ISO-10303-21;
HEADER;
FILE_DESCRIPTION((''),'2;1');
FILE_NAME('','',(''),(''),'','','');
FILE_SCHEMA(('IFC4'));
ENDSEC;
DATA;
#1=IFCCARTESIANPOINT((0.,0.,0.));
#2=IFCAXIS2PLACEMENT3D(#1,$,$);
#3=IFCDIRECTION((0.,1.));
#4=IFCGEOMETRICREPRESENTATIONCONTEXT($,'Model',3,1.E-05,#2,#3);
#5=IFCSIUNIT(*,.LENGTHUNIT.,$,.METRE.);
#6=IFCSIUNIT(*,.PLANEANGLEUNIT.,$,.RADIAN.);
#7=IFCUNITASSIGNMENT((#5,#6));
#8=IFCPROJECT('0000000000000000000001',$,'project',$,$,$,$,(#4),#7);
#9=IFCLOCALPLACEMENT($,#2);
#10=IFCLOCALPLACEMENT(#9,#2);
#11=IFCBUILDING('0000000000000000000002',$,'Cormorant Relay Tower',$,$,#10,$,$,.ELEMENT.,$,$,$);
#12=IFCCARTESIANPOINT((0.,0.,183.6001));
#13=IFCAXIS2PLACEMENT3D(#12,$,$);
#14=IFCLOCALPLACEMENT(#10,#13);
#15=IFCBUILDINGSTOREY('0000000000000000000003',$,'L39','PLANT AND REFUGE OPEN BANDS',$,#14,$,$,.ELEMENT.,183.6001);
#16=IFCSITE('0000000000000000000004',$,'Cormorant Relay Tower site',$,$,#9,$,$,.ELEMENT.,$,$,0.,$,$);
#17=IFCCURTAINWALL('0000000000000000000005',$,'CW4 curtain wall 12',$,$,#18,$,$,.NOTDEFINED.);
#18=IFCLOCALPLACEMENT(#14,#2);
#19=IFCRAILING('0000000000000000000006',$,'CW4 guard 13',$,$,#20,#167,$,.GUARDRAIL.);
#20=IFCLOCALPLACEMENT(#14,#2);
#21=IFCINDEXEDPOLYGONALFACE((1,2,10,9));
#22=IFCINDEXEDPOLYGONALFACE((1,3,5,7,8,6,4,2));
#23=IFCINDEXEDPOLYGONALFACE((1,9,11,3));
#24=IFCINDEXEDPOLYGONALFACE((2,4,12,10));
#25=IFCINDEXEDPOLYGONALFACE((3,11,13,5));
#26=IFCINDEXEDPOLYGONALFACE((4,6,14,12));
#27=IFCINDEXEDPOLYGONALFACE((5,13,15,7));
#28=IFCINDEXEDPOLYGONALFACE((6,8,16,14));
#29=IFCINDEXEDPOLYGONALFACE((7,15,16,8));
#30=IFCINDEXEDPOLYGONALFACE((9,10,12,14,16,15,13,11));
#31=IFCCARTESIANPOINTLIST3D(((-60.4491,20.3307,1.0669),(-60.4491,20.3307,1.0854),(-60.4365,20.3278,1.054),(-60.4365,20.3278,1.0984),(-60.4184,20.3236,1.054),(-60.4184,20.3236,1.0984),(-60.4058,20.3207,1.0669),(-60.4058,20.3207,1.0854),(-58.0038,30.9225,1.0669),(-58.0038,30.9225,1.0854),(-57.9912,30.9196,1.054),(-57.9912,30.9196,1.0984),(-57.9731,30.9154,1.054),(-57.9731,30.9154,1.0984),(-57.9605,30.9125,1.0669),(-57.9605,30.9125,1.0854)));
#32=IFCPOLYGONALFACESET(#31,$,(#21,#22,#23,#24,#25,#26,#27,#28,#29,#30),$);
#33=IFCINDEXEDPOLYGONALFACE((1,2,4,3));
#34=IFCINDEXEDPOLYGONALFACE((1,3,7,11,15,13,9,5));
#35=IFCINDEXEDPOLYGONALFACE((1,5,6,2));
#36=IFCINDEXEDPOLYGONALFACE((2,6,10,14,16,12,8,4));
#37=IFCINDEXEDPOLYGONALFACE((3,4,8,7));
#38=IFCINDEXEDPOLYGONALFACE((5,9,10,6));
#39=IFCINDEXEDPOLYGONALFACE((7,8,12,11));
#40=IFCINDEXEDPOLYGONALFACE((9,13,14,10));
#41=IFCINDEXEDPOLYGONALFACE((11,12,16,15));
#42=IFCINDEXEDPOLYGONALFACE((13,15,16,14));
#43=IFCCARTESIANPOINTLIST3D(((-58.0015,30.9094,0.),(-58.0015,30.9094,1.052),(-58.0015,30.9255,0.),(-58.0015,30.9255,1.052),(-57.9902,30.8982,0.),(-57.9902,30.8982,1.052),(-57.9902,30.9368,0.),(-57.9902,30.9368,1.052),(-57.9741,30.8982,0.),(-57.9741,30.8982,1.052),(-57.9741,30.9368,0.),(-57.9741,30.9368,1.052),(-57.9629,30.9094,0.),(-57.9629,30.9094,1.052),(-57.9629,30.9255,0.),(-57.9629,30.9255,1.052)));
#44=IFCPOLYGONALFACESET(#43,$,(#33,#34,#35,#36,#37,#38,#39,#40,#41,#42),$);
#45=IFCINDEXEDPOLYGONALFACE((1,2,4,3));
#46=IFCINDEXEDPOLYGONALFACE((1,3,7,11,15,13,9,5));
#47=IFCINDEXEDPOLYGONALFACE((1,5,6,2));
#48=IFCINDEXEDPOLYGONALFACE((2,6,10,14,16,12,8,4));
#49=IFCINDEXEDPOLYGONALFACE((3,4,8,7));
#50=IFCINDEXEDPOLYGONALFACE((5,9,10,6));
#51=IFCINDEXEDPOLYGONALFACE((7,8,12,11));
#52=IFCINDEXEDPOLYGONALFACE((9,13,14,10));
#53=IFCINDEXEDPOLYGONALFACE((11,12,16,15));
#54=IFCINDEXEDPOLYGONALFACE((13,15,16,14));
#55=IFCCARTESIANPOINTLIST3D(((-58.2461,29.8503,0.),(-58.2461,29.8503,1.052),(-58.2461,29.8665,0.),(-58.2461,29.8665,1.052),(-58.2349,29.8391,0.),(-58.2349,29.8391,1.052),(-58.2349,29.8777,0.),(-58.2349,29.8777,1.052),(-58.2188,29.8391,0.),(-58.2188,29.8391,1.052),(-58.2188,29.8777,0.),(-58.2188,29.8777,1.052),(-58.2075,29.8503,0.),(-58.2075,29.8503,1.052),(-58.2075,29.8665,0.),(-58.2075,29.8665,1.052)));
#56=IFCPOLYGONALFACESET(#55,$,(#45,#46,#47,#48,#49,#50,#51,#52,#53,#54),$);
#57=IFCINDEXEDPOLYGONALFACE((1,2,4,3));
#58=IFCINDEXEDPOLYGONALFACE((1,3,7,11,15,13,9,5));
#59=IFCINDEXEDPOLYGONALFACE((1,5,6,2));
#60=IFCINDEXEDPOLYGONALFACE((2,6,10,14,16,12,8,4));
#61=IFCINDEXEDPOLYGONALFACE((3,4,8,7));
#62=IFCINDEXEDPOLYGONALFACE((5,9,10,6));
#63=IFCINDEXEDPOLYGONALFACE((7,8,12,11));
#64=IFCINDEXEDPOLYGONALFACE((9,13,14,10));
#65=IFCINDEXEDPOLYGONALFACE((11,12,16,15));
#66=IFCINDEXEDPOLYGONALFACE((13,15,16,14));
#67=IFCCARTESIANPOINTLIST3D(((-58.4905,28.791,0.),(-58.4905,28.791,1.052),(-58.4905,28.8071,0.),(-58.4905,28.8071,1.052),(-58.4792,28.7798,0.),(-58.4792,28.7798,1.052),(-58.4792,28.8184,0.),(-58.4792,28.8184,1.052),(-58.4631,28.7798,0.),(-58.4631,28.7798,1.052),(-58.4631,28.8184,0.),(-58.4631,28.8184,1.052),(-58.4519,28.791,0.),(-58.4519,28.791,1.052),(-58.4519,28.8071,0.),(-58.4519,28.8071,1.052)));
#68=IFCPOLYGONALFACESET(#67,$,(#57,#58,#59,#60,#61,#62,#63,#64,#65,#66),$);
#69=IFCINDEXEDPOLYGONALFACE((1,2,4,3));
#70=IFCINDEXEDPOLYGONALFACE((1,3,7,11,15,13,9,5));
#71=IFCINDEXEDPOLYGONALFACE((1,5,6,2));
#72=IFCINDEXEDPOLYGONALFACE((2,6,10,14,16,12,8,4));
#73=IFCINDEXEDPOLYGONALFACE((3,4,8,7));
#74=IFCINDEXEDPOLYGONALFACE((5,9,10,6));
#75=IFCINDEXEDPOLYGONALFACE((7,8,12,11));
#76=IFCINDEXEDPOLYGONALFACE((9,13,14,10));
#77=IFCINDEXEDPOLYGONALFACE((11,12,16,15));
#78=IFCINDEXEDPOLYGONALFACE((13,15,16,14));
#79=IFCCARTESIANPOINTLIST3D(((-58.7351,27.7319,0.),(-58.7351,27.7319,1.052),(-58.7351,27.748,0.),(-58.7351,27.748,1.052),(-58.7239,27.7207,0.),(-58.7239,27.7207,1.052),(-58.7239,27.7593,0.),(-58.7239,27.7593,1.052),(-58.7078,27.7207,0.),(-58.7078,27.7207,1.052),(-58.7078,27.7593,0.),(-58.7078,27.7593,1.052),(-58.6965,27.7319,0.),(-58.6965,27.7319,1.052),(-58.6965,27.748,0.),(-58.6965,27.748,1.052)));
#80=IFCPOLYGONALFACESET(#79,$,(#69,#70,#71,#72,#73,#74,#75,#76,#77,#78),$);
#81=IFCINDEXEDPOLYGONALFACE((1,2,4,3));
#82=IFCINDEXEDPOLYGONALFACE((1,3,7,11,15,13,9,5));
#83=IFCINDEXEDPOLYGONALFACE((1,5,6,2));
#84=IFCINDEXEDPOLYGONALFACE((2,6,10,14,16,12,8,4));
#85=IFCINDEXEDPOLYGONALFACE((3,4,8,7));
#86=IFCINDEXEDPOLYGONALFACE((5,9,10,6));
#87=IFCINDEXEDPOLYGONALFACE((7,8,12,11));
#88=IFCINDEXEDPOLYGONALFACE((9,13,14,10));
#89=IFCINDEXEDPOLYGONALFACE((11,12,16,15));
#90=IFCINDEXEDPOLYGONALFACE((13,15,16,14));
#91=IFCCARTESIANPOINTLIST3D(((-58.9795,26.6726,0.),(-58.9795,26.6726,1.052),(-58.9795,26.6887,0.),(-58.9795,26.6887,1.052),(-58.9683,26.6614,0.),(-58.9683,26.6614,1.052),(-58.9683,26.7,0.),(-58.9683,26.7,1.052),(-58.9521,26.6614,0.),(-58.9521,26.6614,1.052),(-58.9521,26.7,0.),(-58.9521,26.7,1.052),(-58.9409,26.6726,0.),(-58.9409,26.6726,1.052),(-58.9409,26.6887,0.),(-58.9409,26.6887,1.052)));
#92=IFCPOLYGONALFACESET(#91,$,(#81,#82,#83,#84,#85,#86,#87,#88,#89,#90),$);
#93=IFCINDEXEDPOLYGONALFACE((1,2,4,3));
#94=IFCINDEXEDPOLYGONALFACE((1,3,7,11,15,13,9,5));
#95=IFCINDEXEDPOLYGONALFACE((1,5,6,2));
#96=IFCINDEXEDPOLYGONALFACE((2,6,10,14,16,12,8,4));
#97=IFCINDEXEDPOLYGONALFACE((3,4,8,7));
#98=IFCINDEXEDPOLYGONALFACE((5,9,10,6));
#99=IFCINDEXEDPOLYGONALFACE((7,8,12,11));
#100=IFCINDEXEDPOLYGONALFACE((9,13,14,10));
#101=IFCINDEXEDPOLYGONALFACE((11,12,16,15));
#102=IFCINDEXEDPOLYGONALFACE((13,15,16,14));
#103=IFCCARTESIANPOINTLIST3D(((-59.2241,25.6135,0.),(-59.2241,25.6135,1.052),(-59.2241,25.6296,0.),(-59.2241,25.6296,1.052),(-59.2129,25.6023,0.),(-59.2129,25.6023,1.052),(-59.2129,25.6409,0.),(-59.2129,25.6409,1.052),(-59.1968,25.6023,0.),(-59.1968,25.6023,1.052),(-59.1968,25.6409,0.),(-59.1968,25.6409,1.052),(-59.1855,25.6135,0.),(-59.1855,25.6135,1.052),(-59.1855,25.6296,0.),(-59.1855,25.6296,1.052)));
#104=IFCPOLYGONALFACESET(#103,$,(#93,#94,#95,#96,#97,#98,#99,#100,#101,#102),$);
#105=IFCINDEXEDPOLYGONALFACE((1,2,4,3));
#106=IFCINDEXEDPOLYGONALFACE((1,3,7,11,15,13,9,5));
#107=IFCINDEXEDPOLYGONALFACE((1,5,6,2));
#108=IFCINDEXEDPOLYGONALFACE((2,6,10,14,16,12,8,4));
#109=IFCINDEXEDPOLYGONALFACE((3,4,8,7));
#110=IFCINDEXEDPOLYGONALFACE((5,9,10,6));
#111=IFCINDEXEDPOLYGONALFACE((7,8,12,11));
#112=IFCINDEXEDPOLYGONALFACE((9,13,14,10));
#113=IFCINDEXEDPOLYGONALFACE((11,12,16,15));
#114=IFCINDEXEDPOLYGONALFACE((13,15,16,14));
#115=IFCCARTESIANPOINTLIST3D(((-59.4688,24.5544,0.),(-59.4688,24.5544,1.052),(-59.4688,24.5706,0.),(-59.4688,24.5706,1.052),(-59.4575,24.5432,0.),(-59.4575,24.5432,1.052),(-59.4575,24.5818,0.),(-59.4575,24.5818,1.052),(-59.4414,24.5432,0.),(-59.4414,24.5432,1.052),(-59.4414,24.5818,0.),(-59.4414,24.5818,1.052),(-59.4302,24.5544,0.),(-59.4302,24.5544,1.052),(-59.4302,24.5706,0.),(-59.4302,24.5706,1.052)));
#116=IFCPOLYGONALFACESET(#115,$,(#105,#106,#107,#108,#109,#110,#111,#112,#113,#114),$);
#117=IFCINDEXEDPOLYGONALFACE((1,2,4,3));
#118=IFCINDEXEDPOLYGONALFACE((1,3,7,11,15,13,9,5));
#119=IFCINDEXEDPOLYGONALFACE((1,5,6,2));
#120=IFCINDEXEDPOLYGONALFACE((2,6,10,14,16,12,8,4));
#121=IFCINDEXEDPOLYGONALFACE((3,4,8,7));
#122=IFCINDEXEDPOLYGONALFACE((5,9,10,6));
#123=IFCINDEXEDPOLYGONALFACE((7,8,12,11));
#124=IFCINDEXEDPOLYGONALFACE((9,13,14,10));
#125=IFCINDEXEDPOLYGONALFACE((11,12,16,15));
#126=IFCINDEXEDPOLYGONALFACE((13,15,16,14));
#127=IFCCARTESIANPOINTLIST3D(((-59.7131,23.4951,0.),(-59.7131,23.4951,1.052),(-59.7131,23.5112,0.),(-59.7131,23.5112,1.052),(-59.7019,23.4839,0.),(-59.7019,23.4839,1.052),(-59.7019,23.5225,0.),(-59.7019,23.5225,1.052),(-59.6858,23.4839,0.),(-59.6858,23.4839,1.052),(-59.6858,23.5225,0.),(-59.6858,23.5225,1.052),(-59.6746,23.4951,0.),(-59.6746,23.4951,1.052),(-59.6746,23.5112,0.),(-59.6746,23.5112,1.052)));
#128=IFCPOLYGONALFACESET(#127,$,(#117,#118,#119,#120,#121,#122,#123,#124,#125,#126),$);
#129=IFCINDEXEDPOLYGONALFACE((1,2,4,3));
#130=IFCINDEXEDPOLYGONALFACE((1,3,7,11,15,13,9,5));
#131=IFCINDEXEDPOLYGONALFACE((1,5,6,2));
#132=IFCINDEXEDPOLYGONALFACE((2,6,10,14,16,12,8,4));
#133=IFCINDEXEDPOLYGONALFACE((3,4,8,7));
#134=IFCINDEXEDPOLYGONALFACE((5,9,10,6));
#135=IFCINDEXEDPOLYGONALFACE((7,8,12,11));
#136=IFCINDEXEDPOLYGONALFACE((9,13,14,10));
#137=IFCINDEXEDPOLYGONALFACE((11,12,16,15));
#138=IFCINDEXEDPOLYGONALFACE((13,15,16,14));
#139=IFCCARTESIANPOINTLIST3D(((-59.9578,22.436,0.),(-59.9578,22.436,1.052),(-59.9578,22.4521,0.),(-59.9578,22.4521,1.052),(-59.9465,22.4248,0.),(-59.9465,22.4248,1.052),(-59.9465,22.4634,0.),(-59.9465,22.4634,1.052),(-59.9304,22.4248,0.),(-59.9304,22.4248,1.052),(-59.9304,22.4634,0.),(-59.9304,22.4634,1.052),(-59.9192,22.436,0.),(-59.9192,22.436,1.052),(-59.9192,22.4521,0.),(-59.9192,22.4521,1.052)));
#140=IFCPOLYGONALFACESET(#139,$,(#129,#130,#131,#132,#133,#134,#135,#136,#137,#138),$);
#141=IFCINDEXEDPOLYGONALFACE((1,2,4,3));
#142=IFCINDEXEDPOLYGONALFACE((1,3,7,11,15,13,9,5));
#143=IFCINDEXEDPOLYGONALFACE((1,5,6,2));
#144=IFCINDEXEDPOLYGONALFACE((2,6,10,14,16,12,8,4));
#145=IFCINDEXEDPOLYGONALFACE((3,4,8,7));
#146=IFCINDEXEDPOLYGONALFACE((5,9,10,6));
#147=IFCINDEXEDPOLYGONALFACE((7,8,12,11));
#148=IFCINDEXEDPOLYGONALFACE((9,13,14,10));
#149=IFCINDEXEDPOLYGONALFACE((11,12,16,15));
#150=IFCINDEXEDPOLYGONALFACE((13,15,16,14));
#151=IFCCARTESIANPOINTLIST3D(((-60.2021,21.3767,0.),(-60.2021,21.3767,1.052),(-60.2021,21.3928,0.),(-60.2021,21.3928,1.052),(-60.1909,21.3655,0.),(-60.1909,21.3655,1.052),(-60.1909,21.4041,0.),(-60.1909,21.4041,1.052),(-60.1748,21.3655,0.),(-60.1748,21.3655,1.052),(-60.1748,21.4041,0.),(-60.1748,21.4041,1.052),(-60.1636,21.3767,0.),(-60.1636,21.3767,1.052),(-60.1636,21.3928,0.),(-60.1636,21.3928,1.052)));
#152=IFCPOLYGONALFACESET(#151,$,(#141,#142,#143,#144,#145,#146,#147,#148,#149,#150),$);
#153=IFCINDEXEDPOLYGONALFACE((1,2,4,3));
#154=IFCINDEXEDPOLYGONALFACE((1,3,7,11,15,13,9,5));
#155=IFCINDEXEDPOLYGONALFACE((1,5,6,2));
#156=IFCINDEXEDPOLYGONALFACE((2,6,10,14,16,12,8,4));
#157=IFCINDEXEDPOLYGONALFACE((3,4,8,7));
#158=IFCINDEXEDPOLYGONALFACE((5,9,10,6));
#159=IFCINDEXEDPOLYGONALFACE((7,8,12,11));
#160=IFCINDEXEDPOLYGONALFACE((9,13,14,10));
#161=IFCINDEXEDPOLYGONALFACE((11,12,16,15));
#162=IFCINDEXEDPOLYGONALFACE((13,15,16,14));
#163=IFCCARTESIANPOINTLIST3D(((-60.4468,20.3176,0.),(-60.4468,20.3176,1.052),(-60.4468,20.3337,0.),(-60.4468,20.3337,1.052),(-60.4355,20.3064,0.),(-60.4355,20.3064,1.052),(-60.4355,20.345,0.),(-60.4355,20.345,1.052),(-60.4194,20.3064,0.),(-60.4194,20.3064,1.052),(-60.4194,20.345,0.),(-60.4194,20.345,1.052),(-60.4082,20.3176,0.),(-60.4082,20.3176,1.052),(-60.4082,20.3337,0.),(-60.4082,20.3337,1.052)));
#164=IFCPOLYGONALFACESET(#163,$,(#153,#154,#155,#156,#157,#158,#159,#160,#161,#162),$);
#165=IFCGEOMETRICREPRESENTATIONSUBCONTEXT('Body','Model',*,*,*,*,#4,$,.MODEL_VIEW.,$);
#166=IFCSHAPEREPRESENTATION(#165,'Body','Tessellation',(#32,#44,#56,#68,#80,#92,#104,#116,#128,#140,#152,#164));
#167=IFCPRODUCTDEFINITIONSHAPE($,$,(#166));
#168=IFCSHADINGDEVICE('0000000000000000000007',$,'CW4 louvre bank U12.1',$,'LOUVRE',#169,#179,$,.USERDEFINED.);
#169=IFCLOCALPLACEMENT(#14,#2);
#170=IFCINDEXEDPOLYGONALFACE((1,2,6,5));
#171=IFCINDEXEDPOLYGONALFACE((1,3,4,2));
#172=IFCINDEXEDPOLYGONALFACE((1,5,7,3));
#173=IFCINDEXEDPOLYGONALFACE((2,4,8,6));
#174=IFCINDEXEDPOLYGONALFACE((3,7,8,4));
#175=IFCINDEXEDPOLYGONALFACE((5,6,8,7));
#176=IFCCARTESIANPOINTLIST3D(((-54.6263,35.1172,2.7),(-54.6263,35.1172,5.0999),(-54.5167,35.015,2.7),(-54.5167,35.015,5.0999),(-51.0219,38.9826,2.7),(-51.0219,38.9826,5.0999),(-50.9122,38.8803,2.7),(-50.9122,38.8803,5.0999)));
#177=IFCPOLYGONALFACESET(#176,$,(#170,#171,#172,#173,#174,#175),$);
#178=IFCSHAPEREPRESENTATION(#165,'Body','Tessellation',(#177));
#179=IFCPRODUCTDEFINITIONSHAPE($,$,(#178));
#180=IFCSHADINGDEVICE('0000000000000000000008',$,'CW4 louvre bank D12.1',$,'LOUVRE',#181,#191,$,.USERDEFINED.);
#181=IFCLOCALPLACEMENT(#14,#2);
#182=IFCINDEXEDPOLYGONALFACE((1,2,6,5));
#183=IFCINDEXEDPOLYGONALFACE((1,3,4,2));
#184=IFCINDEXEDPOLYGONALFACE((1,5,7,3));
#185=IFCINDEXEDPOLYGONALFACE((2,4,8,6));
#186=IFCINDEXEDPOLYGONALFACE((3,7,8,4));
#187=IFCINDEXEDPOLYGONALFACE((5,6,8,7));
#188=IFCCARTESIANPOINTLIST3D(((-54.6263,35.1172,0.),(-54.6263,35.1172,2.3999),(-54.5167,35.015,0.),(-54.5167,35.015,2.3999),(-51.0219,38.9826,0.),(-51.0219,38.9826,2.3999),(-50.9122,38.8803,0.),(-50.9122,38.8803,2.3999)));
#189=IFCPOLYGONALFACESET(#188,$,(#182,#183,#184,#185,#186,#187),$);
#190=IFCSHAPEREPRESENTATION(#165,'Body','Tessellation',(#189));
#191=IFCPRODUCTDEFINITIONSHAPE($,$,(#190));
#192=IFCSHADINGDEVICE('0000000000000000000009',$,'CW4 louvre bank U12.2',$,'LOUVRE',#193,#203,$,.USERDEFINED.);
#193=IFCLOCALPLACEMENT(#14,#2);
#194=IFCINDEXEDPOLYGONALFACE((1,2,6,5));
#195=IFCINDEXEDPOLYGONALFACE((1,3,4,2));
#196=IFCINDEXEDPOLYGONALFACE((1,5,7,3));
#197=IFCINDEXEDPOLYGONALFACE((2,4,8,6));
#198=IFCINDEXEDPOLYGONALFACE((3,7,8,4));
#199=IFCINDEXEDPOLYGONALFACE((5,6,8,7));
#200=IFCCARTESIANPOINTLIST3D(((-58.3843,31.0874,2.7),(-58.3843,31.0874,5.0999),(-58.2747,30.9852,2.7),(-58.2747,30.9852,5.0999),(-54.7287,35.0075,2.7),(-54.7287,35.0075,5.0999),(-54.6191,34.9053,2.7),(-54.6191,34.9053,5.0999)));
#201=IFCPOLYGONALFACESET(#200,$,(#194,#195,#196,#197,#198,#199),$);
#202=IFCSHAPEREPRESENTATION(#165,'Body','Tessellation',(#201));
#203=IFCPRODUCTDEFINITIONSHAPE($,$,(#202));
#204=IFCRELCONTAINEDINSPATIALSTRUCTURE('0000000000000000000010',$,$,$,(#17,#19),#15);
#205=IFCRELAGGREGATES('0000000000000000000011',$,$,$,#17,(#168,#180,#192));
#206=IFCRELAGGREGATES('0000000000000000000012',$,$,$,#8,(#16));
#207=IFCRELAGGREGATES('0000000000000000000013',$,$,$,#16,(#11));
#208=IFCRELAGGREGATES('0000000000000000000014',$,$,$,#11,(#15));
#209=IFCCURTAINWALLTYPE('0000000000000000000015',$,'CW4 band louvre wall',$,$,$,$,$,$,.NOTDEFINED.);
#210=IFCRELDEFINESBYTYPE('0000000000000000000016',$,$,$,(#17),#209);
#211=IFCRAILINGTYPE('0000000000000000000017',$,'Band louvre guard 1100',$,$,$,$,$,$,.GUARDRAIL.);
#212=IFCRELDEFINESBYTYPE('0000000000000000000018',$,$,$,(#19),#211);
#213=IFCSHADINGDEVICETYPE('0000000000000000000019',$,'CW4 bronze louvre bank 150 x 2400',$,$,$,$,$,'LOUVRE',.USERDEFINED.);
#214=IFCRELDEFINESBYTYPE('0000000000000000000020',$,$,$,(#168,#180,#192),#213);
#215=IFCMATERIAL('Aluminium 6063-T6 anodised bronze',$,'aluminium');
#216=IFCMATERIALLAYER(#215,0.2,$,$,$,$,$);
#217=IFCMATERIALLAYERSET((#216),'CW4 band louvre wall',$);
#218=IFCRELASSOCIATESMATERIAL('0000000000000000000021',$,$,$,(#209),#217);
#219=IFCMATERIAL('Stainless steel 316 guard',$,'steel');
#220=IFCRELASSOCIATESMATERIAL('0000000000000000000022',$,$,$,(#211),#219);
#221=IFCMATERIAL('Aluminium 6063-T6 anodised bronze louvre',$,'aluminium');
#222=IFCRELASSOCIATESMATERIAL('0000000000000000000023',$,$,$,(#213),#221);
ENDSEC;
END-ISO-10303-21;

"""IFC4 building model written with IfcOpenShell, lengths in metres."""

from ifc_helpers import new_model, si_unit, direction, frame, origin, origin_2d, place, context, subcontext, project, spatial, polyline, rectangle, outline, extrude, material, layer, layer_set, type_object, element, aggregate, save


model = new_model("IFC4")

# Units and contexts
model_context = context("Model", 3, precision=1e-05, world=origin(), true_north=direction((0.0, 1.0)))
body_context = subcontext(model_context, "Body", "Model", "MODEL_VIEW")
ifc_project = project(units=[si_unit("LENGTHUNIT", "METRE"), si_unit("PLANEANGLEUNIT", "RADIAN")], contexts=[model_context])

# Site, building, storey
site_placement = place(None, origin())
site = spatial("IfcSite", under=ifc_project, at=site_placement, Name="Cormorant Relay Tower site", CompositionType="ELEMENT", RefElevation=0.0)
building_placement = place(site_placement, origin())
building = spatial("IfcBuilding", under=site, at=building_placement, Name="Cormorant Relay Tower", CompositionType="ELEMENT")
storey_placement = place(building_placement, frame((0.0, 0.0, 183.6001)))
storey = spatial("IfcBuildingStorey", under=building, at=storey_placement, Name="L39", Description="PLANT AND REFUGE OPEN BANDS", CompositionType="ELEMENT", Elevation=183.6001)

# Curtain wall
ifc_material_1 = material(Name="Aluminium 6063-T6 anodised bronze", Category="aluminium")
ifc_layer_1 = layer(ifc_material_1, 0.2)
ifc_layer_set_1 = layer_set([ifc_layer_1], Name="CW4 band louvre wall")
curtain_wall_type = type_object("IfcCurtainWallType", Name="CW4 band louvre wall", PredefinedType="NOTDEFINED", material=ifc_layer_set_1)
curtain_wall_1_placement = place(storey_placement, origin())
curtain_wall_1 = element("IfcCurtainWall", 1, at=curtain_wall_1_placement, inside=storey, type_object=curtain_wall_type, Name="CW4 curtain wall 12", PredefinedType="NOTDEFINED")

# Railing
ifc_material_2 = material(Name="Stainless steel 316 guard", Category="steel")
railing_type = type_object("IfcRailingType", Name="Band louvre guard 1100", PredefinedType="GUARDRAIL", material=ifc_material_2)
railing_1_placement = place(storey_placement, frame((-57.9822, 30.9175, 0.0)))
element("IfcRailing", 2, at=railing_1_placement, inside=storey, type_object=railing_type, Name="CW4 guard 13", PredefinedType="GUARDRAIL", context=body_context, shape_type="SweptSolid", body=[
    extrude(outline(polyline([(0.0222, 0.0093), (0.0093, 0.0222), (-0.0093, 0.0222), (-0.0222, 0.0093), (-0.0222, -0.0093), (-0.0093, -0.0222), (0.0093, -0.0222), (0.0222, -0.0093), (0.0222, 0.0093)])), frame((0.0, 0.0, 1.0762), z_axis=(-0.224951, -0.97437, 0.0), x_axis=(0.97437, -0.224951, 0.0)), (0.0, 0.0, 1.0), 10.8704),
    extrude(outline(polyline([(0.0193, 0.0081), (0.0081, 0.0193), (-0.0081, 0.0193), (-0.0193, 0.0081), (-0.0193, -0.0081), (-0.0081, -0.0193), (0.0081, -0.0193), (0.0193, -0.0081), (0.0193, 0.0081)])), origin(), (0.0, 0.0, 1.0), 1.052),
    extrude(outline(polyline([(0.0193, 0.0081), (0.0081, 0.0193), (-0.0081, 0.0193), (-0.0193, 0.0081), (-0.0193, -0.0081), (-0.0081, -0.0193), (0.0081, -0.0193), (0.0193, -0.0081), (0.0193, 0.0081)])), frame((-0.2446, -1.0591, 0.0)), (0.0, 0.0, 1.0), 1.052),
    extrude(outline(polyline([(0.0193, 0.0081), (0.0081, 0.0193), (-0.0081, 0.0193), (-0.0193, 0.0081), (-0.0193, -0.0081), (-0.0081, -0.0193), (0.0081, -0.0193), (0.0193, -0.0081), (0.0193, 0.0081)])), frame((-0.489, -2.1184, 0.0)), (0.0, 0.0, 1.0), 1.052),
    extrude(outline(polyline([(0.0193, 0.0081), (0.0081, 0.0193), (-0.0081, 0.0193), (-0.0193, 0.0081), (-0.0193, -0.0081), (-0.0081, -0.0193), (0.0081, -0.0193), (0.0193, -0.0081), (0.0193, 0.0081)])), frame((-0.7336, -3.1775, 0.0)), (0.0, 0.0, 1.0), 1.052),
    extrude(outline(polyline([(0.0193, 0.0081), (0.0081, 0.0193), (-0.0081, 0.0193), (-0.0193, 0.0081), (-0.0193, -0.0081), (-0.0081, -0.0193), (0.0081, -0.0193), (0.0193, -0.0081), (0.0193, 0.0081)])), frame((-0.978, -4.2368, 0.0)), (0.0, 0.0, 1.0), 1.052),
    extrude(outline(polyline([(0.0193, 0.0081), (0.0081, 0.0193), (-0.0081, 0.0193), (-0.0193, 0.0081), (-0.0193, -0.0081), (-0.0081, -0.0193), (0.0081, -0.0193), (0.0193, -0.0081), (0.0193, 0.0081)])), frame((-1.2227, -5.2959, 0.0)), (0.0, 0.0, 1.0), 1.052),
    extrude(outline(polyline([(0.0193, 0.0081), (0.0081, 0.0193), (-0.0081, 0.0193), (-0.0193, 0.0081), (-0.0193, -0.0081), (-0.0081, -0.0193), (0.0081, -0.0193), (0.0193, -0.0081), (0.0193, 0.0081)])), frame((-1.4673, -6.355, 0.0)), (0.0, 0.0, 1.0), 1.052),
    extrude(outline(polyline([(0.0193, 0.0081), (0.0081, 0.0193), (-0.0081, 0.0193), (-0.0193, 0.0081), (-0.0193, -0.0081), (-0.0081, -0.0193), (0.0081, -0.0193), (0.0193, -0.0081), (0.0193, 0.0081)])), frame((-1.7117, -7.4143, 0.0)), (0.0, 0.0, 1.0), 1.052),
    extrude(outline(polyline([(0.0193, 0.0081), (0.0081, 0.0193), (-0.0081, 0.0193), (-0.0193, 0.0081), (-0.0193, -0.0081), (-0.0081, -0.0193), (0.0081, -0.0193), (0.0193, -0.0081), (0.0193, 0.0081)])), frame((-1.9563, -8.4734, 0.0)), (0.0, 0.0, 1.0), 1.052),
    extrude(outline(polyline([(0.0193, 0.0081), (0.0081, 0.0193), (-0.0081, 0.0193), (-0.0193, 0.0081), (-0.0193, -0.0081), (-0.0081, -0.0193), (0.0081, -0.0193), (0.0193, -0.0081), (0.0193, 0.0081)])), frame((-2.2007, -9.5327, 0.0)), (0.0, 0.0, 1.0), 1.052),
    extrude(outline(polyline([(0.0193, 0.0081), (0.0081, 0.0193), (-0.0081, 0.0193), (-0.0193, 0.0081), (-0.0193, -0.0081), (-0.0081, -0.0193), (0.0081, -0.0193), (0.0193, -0.0081), (0.0193, 0.0081)])), frame((-2.4453, -10.5918, 0.0)), (0.0, 0.0, 1.0), 1.052),
])

# Shading devices
ifc_material_3 = material(Name="Aluminium 6063-T6 anodised bronze louvre", Category="aluminium")
shading_device_type = type_object("IfcShadingDeviceType", Name="CW4 bronze louvre bank 150 x 2400", ElementType="LOUVRE", PredefinedType="USERDEFINED", material=ifc_material_3)
shading_device_1_placement = place(storey_placement, frame((-52.7693, 36.9988, 2.7), z_axis=(0.0, 0.0, 1.0), x_axis=(-0.681998, -0.731354, 0.0)))
shading_device_1 = element("IfcShadingDevice", 3, at=shading_device_1_placement, type_object=shading_device_type, Name="CW4 louvre bank U12.1", ObjectType="LOUVRE", PredefinedType="USERDEFINED", context=body_context, shape_type="SweptSolid", body=[
    extrude(rectangle(XDim=5.2852, YDim=0.1499, at=origin_2d()), origin(), (0.0, 0.0, 1.0), 2.3999),
])
shading_device_2_placement = place(storey_placement, frame((-52.7693, 36.9988, 0.0), z_axis=(0.0, 0.0, 1.0), x_axis=(-0.681998, -0.731354, 0.0)))
shading_device_2 = element("IfcShadingDevice", 4, at=shading_device_2_placement, type_object=shading_device_type, Name="CW4 louvre bank D12.1", ObjectType="LOUVRE", PredefinedType="USERDEFINED", context=body_context, shape_type="SweptSolid", body=[
    extrude(rectangle(XDim=5.2852, YDim=0.1499, at=origin_2d()), origin(), (0.0, 0.0, 1.0), 2.3999),
])
shading_device_3_placement = place(storey_placement, frame((-56.5017, 32.9963, 2.7), z_axis=(0.0, 0.0, 1.0), x_axis=(-0.681998, -0.731354, 0.0)))
shading_device_3 = element("IfcShadingDevice", 5, at=shading_device_3_placement, type_object=shading_device_type, Name="CW4 louvre bank U12.2", ObjectType="LOUVRE", PredefinedType="USERDEFINED", context=body_context, shape_type="SweptSolid", body=[
    extrude(rectangle(XDim=5.3601, YDim=0.1499, at=origin_2d()), origin(), (0.0, 0.0, 1.0), 2.3999),
])
aggregate(curtain_wall_1, [shading_device_1, shading_device_2, shading_device_3])

save(model, "model.ifc")
